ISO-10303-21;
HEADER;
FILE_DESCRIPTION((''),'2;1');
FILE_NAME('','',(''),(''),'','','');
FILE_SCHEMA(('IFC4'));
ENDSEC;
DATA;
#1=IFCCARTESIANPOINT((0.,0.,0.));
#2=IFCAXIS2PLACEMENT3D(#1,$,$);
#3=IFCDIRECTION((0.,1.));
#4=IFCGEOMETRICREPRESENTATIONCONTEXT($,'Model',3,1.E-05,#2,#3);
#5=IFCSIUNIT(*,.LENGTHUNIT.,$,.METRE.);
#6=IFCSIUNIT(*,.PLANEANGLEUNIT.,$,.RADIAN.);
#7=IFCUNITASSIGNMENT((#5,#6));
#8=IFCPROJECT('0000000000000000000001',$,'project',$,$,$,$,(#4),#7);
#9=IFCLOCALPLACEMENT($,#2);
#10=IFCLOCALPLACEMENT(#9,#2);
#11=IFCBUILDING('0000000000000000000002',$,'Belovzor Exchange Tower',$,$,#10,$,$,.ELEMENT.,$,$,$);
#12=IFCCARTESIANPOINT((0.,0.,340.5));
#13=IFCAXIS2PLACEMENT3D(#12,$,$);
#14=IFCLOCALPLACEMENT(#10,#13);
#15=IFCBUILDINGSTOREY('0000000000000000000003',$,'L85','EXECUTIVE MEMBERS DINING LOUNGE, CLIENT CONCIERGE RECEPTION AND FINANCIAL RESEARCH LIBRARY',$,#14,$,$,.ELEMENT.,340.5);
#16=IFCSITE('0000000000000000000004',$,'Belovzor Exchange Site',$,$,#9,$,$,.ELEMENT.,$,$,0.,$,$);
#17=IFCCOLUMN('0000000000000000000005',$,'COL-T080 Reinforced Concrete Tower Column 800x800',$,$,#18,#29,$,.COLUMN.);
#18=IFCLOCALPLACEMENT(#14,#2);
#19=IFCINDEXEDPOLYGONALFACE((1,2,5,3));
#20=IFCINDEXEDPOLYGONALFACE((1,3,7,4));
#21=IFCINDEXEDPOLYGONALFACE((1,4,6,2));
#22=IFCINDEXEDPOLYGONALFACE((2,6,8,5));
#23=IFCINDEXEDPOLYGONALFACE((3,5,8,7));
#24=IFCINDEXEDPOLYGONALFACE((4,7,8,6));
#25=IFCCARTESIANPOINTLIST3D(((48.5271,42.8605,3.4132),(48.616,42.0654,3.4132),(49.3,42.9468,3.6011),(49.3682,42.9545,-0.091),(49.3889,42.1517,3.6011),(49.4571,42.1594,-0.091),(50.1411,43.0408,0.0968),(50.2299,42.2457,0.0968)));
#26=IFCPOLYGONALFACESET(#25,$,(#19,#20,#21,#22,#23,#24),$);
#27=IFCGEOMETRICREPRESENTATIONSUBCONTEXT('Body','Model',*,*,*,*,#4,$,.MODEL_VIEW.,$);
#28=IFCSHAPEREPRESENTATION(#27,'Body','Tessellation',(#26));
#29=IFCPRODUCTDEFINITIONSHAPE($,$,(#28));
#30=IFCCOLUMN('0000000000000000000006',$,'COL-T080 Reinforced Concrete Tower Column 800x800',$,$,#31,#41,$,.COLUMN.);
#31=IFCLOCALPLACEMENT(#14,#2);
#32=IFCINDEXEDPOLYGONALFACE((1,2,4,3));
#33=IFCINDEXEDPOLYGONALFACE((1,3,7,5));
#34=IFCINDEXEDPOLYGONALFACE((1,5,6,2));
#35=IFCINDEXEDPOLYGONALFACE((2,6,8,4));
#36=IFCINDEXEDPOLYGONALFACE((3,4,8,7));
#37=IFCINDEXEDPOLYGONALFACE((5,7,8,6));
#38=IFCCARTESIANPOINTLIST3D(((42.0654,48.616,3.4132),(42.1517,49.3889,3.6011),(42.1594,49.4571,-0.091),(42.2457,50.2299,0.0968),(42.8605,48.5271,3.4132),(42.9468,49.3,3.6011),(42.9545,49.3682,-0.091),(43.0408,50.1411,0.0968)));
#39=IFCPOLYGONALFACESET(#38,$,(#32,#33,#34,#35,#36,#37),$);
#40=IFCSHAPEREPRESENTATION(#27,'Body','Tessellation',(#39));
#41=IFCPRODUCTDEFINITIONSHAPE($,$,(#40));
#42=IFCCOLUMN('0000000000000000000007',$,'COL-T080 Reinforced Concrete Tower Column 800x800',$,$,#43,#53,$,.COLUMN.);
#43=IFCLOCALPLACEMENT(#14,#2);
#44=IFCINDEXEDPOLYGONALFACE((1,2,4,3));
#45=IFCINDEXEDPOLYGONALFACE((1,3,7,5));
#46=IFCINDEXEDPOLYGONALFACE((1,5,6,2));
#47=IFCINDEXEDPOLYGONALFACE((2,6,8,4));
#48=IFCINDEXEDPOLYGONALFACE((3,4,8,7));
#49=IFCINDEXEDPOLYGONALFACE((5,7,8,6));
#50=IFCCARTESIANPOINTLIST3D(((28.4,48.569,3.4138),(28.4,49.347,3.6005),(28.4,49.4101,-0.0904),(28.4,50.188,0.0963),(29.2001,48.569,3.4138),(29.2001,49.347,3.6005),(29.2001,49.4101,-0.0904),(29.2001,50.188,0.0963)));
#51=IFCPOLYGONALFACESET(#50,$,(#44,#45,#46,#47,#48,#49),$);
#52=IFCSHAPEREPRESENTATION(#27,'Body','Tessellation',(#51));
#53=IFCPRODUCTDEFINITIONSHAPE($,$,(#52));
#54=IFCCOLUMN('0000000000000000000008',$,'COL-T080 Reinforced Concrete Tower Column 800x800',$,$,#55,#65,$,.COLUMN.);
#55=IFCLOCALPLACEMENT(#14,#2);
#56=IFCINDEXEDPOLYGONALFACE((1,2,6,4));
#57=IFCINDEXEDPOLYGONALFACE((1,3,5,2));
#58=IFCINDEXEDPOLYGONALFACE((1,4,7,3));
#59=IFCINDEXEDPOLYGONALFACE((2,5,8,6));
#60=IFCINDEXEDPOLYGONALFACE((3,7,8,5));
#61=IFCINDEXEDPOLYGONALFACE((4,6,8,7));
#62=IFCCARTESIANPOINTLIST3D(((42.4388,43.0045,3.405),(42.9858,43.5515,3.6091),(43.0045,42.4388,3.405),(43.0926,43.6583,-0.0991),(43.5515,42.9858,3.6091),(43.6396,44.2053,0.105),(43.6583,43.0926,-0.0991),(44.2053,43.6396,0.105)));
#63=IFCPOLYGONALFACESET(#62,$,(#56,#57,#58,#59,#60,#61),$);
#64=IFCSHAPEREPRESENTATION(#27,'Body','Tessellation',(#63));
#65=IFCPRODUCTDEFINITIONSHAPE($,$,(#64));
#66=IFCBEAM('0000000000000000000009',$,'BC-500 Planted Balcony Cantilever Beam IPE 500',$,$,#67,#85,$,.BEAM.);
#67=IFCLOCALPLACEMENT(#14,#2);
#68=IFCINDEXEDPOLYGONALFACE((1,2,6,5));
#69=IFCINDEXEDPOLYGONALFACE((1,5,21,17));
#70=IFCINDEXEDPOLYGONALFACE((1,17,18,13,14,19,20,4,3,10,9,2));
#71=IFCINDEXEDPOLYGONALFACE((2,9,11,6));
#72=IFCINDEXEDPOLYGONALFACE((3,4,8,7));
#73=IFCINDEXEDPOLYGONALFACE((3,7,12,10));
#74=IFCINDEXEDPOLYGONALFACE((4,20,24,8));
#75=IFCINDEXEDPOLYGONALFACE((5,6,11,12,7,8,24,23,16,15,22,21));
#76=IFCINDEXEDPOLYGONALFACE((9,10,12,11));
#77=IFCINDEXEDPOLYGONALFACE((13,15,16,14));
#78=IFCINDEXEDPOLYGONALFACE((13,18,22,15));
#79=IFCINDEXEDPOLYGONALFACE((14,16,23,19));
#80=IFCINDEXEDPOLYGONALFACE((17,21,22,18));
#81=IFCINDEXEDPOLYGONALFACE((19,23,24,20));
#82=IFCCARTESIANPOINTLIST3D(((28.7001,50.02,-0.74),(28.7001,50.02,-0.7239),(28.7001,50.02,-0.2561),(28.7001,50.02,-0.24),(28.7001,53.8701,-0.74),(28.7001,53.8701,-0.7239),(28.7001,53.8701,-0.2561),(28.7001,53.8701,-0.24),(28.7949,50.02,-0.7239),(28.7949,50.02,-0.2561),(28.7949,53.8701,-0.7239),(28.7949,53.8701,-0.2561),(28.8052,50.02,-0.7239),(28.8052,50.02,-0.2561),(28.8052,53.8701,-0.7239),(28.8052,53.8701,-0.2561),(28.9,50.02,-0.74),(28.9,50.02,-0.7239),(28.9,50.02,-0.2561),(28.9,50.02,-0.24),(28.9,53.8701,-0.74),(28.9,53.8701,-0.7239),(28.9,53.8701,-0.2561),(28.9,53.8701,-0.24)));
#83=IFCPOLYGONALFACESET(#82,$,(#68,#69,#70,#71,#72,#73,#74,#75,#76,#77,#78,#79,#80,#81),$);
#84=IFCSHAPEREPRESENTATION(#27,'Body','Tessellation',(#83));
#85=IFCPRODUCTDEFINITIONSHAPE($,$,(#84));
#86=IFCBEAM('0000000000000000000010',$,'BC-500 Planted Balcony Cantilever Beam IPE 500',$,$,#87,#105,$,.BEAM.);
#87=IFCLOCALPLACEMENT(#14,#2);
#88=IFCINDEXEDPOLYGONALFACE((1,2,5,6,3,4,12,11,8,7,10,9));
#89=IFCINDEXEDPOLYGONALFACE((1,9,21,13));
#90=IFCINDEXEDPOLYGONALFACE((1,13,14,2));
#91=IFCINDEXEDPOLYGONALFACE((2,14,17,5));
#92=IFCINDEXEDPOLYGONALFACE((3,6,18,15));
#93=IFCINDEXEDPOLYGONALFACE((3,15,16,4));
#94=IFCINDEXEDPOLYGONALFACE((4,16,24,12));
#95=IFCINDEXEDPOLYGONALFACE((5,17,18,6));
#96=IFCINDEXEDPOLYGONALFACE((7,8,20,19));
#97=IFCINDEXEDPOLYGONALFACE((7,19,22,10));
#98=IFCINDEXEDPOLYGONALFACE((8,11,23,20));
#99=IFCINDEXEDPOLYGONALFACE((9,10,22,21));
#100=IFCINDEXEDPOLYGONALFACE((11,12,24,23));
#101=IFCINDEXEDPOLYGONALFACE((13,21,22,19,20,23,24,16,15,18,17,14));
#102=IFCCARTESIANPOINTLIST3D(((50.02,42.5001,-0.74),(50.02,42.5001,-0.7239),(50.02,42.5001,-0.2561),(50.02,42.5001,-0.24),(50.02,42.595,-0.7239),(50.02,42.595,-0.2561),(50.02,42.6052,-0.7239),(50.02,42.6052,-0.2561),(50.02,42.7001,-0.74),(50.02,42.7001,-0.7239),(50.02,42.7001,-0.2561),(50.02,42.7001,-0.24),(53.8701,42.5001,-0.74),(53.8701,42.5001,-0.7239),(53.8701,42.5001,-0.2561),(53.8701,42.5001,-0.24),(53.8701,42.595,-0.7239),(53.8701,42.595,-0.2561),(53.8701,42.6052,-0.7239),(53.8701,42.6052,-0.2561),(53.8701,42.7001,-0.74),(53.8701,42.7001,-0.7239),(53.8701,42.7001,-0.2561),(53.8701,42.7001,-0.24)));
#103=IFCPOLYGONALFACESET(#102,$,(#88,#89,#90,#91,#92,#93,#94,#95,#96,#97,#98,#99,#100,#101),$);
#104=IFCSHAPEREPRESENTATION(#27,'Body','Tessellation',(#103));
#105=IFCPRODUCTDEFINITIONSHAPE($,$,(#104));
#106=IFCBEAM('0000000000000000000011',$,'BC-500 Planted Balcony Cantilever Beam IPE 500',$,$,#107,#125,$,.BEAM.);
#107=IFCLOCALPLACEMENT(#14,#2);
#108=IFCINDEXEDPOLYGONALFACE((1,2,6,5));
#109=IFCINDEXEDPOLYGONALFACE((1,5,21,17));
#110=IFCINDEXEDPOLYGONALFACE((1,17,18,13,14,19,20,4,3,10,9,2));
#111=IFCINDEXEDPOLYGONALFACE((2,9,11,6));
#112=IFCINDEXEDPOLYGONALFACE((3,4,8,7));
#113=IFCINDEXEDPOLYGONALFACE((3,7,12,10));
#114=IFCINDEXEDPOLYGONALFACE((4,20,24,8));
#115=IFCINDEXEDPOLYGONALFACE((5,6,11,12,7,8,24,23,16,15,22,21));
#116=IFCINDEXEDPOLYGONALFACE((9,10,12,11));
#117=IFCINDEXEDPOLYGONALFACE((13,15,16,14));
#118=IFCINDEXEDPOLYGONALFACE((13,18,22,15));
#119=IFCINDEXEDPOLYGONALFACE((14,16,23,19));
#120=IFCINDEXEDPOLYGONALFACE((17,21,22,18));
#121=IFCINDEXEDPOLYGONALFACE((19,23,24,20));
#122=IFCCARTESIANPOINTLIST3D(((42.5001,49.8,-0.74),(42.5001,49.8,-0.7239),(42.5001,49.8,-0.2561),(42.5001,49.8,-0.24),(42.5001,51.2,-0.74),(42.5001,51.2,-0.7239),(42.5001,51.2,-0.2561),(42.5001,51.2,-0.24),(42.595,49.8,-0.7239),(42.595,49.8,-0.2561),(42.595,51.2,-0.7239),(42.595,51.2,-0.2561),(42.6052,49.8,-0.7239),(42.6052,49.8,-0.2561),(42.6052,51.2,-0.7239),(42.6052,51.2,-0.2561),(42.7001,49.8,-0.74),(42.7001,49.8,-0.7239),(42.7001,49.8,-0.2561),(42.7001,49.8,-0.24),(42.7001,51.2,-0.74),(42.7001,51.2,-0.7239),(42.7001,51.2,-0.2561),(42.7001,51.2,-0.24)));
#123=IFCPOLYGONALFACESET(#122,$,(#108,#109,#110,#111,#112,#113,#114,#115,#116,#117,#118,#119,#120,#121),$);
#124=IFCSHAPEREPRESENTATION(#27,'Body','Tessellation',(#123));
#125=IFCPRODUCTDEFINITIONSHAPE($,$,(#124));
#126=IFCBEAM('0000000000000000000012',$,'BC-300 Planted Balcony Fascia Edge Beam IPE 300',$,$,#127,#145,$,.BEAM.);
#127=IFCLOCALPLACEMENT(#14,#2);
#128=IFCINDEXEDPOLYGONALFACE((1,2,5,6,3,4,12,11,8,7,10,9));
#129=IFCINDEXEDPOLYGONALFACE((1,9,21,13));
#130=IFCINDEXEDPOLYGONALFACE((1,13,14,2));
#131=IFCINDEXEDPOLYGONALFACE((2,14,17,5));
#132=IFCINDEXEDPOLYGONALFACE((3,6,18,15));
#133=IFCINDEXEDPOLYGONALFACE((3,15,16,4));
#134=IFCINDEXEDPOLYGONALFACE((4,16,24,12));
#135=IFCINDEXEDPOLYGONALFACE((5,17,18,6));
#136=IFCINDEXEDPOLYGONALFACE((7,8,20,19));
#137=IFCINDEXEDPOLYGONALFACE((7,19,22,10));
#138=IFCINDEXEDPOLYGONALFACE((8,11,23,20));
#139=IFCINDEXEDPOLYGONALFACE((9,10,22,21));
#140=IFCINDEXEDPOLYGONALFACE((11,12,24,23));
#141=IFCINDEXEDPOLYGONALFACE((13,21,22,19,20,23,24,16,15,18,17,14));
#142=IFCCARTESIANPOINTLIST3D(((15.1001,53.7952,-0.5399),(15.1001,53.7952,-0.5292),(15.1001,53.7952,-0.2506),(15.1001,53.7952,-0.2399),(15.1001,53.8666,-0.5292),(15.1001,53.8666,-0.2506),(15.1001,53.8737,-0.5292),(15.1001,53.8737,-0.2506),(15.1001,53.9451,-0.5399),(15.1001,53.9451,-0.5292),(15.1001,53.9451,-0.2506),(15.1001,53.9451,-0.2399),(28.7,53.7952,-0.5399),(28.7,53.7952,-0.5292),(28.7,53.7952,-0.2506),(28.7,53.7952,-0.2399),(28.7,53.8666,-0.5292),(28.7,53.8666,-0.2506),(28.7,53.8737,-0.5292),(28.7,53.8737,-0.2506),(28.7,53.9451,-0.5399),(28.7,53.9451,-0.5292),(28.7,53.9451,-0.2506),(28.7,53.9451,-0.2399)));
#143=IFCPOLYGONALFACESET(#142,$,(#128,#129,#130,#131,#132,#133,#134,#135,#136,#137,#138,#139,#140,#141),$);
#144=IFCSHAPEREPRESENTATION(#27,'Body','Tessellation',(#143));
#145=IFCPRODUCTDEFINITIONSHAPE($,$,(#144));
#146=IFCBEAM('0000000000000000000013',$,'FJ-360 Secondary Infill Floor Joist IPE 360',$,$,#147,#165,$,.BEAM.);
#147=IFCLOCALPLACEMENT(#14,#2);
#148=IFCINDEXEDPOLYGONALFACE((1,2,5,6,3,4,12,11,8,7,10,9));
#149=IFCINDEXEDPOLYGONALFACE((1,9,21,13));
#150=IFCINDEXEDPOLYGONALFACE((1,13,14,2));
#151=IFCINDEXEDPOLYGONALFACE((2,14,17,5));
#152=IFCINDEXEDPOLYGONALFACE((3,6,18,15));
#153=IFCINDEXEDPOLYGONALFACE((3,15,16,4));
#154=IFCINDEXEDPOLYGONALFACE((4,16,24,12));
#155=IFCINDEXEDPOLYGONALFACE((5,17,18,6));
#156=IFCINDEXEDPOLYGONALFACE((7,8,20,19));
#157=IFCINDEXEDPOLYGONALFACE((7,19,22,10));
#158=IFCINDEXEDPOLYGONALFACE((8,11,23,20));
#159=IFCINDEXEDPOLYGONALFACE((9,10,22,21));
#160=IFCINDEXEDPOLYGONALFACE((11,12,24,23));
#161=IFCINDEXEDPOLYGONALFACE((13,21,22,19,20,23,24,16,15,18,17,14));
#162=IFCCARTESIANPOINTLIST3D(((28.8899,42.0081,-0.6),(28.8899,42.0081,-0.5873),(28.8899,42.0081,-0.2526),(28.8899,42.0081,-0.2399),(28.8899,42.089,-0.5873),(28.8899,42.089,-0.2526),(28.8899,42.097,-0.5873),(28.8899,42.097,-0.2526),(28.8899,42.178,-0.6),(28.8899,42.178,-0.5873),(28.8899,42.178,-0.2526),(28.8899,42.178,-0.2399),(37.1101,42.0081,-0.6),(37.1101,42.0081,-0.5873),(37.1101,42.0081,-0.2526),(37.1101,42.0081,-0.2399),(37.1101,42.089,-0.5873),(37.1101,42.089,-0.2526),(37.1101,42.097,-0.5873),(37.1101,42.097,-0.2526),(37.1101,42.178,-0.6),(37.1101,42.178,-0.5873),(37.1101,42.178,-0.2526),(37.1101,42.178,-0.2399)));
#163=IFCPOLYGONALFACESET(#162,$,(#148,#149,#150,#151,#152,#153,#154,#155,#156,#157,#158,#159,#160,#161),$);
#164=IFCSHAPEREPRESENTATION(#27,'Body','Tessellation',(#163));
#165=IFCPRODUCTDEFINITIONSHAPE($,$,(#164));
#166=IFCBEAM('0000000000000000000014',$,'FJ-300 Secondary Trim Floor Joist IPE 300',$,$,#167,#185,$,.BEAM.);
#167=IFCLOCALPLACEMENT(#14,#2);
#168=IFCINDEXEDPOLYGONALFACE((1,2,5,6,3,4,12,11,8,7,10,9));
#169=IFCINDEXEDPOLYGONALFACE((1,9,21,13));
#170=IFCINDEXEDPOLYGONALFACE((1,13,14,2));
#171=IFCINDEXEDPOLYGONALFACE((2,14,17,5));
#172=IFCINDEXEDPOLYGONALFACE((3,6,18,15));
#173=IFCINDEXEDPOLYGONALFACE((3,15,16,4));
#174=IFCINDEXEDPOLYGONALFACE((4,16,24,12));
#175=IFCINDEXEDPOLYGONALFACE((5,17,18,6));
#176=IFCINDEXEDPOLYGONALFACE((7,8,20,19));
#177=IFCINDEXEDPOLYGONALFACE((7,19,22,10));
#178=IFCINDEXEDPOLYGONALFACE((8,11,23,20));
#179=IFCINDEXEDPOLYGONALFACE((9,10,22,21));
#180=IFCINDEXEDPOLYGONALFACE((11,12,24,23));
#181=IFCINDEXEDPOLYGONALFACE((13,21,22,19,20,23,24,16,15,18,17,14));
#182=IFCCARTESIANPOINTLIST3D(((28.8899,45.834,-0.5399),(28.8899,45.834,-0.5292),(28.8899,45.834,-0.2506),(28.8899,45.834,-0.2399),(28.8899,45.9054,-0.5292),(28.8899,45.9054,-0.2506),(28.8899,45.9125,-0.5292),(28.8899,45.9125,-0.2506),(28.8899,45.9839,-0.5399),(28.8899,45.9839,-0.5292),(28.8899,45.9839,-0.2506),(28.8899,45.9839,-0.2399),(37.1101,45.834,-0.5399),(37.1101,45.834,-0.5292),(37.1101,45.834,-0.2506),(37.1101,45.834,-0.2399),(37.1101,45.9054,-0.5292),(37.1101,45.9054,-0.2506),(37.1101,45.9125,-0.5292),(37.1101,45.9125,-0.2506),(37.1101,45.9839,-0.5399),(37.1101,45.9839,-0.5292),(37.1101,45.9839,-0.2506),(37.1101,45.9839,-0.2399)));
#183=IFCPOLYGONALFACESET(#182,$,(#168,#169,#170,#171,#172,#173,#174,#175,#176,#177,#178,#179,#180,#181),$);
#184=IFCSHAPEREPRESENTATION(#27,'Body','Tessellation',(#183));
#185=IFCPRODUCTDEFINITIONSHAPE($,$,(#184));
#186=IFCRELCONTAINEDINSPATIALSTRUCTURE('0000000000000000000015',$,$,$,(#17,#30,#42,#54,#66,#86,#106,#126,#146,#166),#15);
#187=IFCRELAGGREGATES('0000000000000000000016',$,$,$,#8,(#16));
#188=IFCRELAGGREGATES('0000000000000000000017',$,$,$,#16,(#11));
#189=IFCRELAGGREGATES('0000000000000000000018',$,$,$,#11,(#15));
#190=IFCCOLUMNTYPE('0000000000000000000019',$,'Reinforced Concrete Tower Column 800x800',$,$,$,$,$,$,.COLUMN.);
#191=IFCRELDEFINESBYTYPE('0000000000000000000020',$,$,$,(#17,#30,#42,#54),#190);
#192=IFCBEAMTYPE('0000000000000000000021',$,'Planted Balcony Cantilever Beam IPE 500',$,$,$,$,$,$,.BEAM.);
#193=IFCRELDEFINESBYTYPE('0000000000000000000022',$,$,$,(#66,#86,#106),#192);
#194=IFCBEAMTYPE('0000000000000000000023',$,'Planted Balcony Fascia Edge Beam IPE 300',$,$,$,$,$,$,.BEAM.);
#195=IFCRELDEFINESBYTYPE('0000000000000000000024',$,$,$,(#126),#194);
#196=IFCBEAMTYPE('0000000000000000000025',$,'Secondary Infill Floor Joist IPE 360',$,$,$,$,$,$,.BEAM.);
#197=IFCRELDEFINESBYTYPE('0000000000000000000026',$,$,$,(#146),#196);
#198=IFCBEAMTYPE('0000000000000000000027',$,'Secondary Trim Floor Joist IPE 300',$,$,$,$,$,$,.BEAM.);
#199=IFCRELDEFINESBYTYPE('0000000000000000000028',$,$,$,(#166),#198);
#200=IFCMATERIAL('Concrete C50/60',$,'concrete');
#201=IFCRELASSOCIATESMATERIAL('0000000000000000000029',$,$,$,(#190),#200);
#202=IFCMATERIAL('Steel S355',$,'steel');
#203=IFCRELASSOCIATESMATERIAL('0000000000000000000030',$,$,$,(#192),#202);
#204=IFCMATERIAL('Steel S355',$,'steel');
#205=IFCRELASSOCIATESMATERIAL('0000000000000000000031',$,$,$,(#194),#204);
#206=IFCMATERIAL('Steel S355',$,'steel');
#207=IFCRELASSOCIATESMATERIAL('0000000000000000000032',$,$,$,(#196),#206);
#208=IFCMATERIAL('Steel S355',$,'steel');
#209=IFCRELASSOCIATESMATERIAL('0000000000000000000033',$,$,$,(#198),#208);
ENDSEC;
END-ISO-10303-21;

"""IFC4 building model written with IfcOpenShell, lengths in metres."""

from ifc_helpers import new_model, si_unit, direction, frame, origin, origin_2d, place, context, subcontext, project, spatial, rectangle, i_section, extrude, material, material_profile, profile_set, type_object, element, save


model = new_model("IFC4")

# Units and contexts
model_context = context("Model", 3, precision=1e-05, world=origin(), true_north=direction((0.0, 1.0)))
body_context = subcontext(model_context, "Body", "Model", "MODEL_VIEW")
ifc_project = project(units=[si_unit("LENGTHUNIT", "METRE"), si_unit("PLANEANGLEUNIT", "RADIAN")], contexts=[model_context])

# Site, building, storey
site_placement = place(None, origin())
site = spatial("IfcSite", under=ifc_project, at=site_placement, Name="Belovzor Exchange Site", CompositionType="ELEMENT", RefElevation=0.0)
building_placement = place(site_placement, origin())
building = spatial("IfcBuilding", under=site, at=building_placement, Name="Belovzor Exchange Tower", CompositionType="ELEMENT")
storey_placement = place(building_placement, frame((0.0, 0.0, 340.5)))
storey = spatial("IfcBuildingStorey", under=building, at=storey_placement, Name="L85", Description="EXECUTIVE MEMBERS DINING LOUNGE, CLIENT CONCIERGE RECEPTION AND FINANCIAL RESEARCH LIBRARY", CompositionType="ELEMENT", Elevation=340.5)

# Columns
ifc_material_1 = material(Name="Concrete C50/60", Category="concrete")
ifc_material_profile_1 = material_profile(ifc_material_1, rectangle(XDim=0.8, YDim=0.8, at=origin_2d()))
ifc_profile_set_1 = profile_set([ifc_material_profile_1], Name="Concrete C50/60")
column_type = type_object("IfcColumnType", Name="Reinforced Concrete Tower Column 800x800", PredefinedType="COLUMN", material=ifc_profile_set_1)
for number, where, z_axis, x_axis, name in (
    (1, (49.7991, 42.6001, 0.0029), (-0.233312, -0.026074, 0.972052), (0.111065, -0.993813, 0.0), "COL-T080 Reinforced Concrete Tower Column 800x800"),
    (2, (42.6001, 49.7991, 0.0029), (-0.026074, -0.233312, 0.972052), (0.993813, -0.111065, 0.0), "COL-T080 Reinforced Concrete Tower Column 800x800"),
):
    element("IfcColumn", number, at=place(storey_placement, frame(where, z_axis=z_axis, x_axis=x_axis)), inside=storey, type_object=column_type, Name=name, PredefinedType="COLUMN", context=body_context, shape_type="SweptSolid", body=[
        extrude(rectangle(XDim=0.8, YDim=0.8, at=origin_2d()), origin(), (0.0, 0.0, 1.0), 3.605),
    ])
column_1_placement = place(storey_placement, frame((28.8, 49.7991, 0.0029), z_axis=(0.0, -0.233391, 0.972383), x_axis=(1.0, 0.0, 0.0)))
element("IfcColumn", 3, at=column_1_placement, inside=storey, type_object=column_type, Name="COL-T080 Reinforced Concrete Tower Column 800x800", PredefinedType="COLUMN", context=body_context, shape_type="SweptSolid", body=[
    extrude(rectangle(XDim=0.8, YDim=0.8, at=origin_2d()), origin(), (0.0, 0.0, 1.0), 3.6038),
])
column_2_placement = place(storey_placement, frame((43.6489, 43.6489, 0.0029), z_axis=(-0.180406, -0.180406, 0.966906), x_axis=(0.707107, -0.707107, 0.0)))
element("IfcColumn", 4, at=column_2_placement, inside=storey, type_object=column_type, Name="COL-T080 Reinforced Concrete Tower Column 800x800", PredefinedType="COLUMN", context=body_context, shape_type="SweptSolid", body=[
    extrude(rectangle(XDim=0.8, YDim=0.8, at=origin_2d()), origin(), (0.0, 0.0, 1.0), 3.624),
])

# Beams
ifc_material_2 = material(Name="Steel S355", Category="steel")
ifc_material_profile_2 = material_profile(ifc_material_2, i_section(OverallWidth=0.2, OverallDepth=0.5, WebThickness=0.0103, FlangeThickness=0.0161, at=origin_2d()))
ifc_profile_set_2 = profile_set([ifc_material_profile_2], Name="Steel S355")
beam_type_1 = type_object("IfcBeamType", Name="Planted Balcony Cantilever Beam IPE 500", PredefinedType="BEAM", material=ifc_profile_set_2)
for number, where, z_axis, x_axis, name in (
    (5, (28.8, 50.02, -0.49), (0.0, 1.0, 0.0), (-1.0, 0.0, 0.0), "BC-500 Planted Balcony Cantilever Beam IPE 500"),
    (6, (50.02, 42.6001, -0.49), (1.0, 0.0, 0.0), (0.0, 1.0, 0.0), "BC-500 Planted Balcony Cantilever Beam IPE 500"),
):
    element("IfcBeam", number, at=place(storey_placement, frame(where, z_axis=z_axis, x_axis=x_axis)), inside=storey, type_object=beam_type_1, Name=name, PredefinedType="BEAM", context=body_context, shape_type="SweptSolid", body=[
        extrude(i_section(OverallWidth=0.2, OverallDepth=0.5, WebThickness=0.0103, FlangeThickness=0.0161, at=origin_2d()), origin(), (0.0, 0.0, 1.0), 3.8501),
    ])
beam_1_placement = place(storey_placement, frame((42.6001, 49.8, -0.49), z_axis=(0.0, 1.0, 0.0), x_axis=(-1.0, 0.0, 0.0)))
element("IfcBeam", 7, at=beam_1_placement, inside=storey, type_object=beam_type_1, Name="BC-500 Planted Balcony Cantilever Beam IPE 500", PredefinedType="BEAM", context=body_context, shape_type="SweptSolid", body=[
    extrude(i_section(OverallWidth=0.2, OverallDepth=0.5, WebThickness=0.0103, FlangeThickness=0.0161, at=origin_2d()), origin(), (0.0, 0.0, 1.0), 1.3999),
])
ifc_material_3 = material(Name="Steel S355", Category="steel")
ifc_material_profile_3 = material_profile(ifc_material_3, i_section(OverallWidth=0.1499, OverallDepth=0.3, WebThickness=0.0071, FlangeThickness=0.0107, at=origin_2d()))
ifc_profile_set_3 = profile_set([ifc_material_profile_3], Name="Steel S355")
beam_type_2 = type_object("IfcBeamType", Name="Planted Balcony Fascia Edge Beam IPE 300", PredefinedType="BEAM", material=ifc_profile_set_3)
beam_2_placement = place(storey_placement, frame((28.7, 53.8701, -0.3899), z_axis=(-1.0, 0.0, 0.0), x_axis=(0.0, -1.0, 0.0)))
element("IfcBeam", 8, at=beam_2_placement, inside=storey, type_object=beam_type_2, Name="BC-300 Planted Balcony Fascia Edge Beam IPE 300", PredefinedType="BEAM", context=body_context, shape_type="SweptSolid", body=[
    extrude(i_section(OverallWidth=0.1499, OverallDepth=0.3, WebThickness=0.0071, FlangeThickness=0.0107, at=origin_2d()), origin(), (0.0, 0.0, 1.0), 13.5999),
])
ifc_material_4 = material(Name="Steel S355", Category="steel")
ifc_material_profile_4 = material_profile(ifc_material_4, i_section(OverallWidth=0.1699, OverallDepth=0.3601, WebThickness=0.0081, FlangeThickness=0.0127, at=origin_2d()))
ifc_profile_set_4 = profile_set([ifc_material_profile_4], Name="Steel S355")
beam_type_3 = type_object("IfcBeamType", Name="Secondary Infill Floor Joist IPE 360", PredefinedType="BEAM", material=ifc_profile_set_4)
beam_3_placement = place(storey_placement, frame((28.8899, 42.093, -0.4199), z_axis=(1.0, 0.0, 0.0), x_axis=(0.0, 1.0, 0.0)))
element("IfcBeam", 9, at=beam_3_placement, inside=storey, type_object=beam_type_3, Name="FJ-360 Secondary Infill Floor Joist IPE 360", PredefinedType="BEAM", context=body_context, shape_type="SweptSolid", body=[
    extrude(i_section(OverallWidth=0.1699, OverallDepth=0.3601, WebThickness=0.0081, FlangeThickness=0.0127, at=origin_2d()), origin(), (0.0, 0.0, 1.0), 8.2202),
])
ifc_material_5 = material(Name="Steel S355", Category="steel")
ifc_material_profile_5 = material_profile(ifc_material_5, i_section(OverallWidth=0.1499, OverallDepth=0.3, WebThickness=0.0071, FlangeThickness=0.0107, at=origin_2d()))
ifc_profile_set_5 = profile_set([ifc_material_profile_5], Name="Steel S355")
beam_type_4 = type_object("IfcBeamType", Name="Secondary Trim Floor Joist IPE 300", PredefinedType="BEAM", material=ifc_profile_set_5)
beam_4_placement = place(storey_placement, frame((28.8899, 45.9089, -0.3899), z_axis=(1.0, 0.0, 0.0), x_axis=(0.0, 1.0, 0.0)))
element("IfcBeam", 10, at=beam_4_placement, inside=storey, type_object=beam_type_4, Name="FJ-300 Secondary Trim Floor Joist IPE 300", PredefinedType="BEAM", context=body_context, shape_type="SweptSolid", body=[
    extrude(i_section(OverallWidth=0.1499, OverallDepth=0.3, WebThickness=0.0071, FlangeThickness=0.0107, at=origin_2d()), origin(), (0.0, 0.0, 1.0), 8.2202),
])

save(model, "model.ifc")
